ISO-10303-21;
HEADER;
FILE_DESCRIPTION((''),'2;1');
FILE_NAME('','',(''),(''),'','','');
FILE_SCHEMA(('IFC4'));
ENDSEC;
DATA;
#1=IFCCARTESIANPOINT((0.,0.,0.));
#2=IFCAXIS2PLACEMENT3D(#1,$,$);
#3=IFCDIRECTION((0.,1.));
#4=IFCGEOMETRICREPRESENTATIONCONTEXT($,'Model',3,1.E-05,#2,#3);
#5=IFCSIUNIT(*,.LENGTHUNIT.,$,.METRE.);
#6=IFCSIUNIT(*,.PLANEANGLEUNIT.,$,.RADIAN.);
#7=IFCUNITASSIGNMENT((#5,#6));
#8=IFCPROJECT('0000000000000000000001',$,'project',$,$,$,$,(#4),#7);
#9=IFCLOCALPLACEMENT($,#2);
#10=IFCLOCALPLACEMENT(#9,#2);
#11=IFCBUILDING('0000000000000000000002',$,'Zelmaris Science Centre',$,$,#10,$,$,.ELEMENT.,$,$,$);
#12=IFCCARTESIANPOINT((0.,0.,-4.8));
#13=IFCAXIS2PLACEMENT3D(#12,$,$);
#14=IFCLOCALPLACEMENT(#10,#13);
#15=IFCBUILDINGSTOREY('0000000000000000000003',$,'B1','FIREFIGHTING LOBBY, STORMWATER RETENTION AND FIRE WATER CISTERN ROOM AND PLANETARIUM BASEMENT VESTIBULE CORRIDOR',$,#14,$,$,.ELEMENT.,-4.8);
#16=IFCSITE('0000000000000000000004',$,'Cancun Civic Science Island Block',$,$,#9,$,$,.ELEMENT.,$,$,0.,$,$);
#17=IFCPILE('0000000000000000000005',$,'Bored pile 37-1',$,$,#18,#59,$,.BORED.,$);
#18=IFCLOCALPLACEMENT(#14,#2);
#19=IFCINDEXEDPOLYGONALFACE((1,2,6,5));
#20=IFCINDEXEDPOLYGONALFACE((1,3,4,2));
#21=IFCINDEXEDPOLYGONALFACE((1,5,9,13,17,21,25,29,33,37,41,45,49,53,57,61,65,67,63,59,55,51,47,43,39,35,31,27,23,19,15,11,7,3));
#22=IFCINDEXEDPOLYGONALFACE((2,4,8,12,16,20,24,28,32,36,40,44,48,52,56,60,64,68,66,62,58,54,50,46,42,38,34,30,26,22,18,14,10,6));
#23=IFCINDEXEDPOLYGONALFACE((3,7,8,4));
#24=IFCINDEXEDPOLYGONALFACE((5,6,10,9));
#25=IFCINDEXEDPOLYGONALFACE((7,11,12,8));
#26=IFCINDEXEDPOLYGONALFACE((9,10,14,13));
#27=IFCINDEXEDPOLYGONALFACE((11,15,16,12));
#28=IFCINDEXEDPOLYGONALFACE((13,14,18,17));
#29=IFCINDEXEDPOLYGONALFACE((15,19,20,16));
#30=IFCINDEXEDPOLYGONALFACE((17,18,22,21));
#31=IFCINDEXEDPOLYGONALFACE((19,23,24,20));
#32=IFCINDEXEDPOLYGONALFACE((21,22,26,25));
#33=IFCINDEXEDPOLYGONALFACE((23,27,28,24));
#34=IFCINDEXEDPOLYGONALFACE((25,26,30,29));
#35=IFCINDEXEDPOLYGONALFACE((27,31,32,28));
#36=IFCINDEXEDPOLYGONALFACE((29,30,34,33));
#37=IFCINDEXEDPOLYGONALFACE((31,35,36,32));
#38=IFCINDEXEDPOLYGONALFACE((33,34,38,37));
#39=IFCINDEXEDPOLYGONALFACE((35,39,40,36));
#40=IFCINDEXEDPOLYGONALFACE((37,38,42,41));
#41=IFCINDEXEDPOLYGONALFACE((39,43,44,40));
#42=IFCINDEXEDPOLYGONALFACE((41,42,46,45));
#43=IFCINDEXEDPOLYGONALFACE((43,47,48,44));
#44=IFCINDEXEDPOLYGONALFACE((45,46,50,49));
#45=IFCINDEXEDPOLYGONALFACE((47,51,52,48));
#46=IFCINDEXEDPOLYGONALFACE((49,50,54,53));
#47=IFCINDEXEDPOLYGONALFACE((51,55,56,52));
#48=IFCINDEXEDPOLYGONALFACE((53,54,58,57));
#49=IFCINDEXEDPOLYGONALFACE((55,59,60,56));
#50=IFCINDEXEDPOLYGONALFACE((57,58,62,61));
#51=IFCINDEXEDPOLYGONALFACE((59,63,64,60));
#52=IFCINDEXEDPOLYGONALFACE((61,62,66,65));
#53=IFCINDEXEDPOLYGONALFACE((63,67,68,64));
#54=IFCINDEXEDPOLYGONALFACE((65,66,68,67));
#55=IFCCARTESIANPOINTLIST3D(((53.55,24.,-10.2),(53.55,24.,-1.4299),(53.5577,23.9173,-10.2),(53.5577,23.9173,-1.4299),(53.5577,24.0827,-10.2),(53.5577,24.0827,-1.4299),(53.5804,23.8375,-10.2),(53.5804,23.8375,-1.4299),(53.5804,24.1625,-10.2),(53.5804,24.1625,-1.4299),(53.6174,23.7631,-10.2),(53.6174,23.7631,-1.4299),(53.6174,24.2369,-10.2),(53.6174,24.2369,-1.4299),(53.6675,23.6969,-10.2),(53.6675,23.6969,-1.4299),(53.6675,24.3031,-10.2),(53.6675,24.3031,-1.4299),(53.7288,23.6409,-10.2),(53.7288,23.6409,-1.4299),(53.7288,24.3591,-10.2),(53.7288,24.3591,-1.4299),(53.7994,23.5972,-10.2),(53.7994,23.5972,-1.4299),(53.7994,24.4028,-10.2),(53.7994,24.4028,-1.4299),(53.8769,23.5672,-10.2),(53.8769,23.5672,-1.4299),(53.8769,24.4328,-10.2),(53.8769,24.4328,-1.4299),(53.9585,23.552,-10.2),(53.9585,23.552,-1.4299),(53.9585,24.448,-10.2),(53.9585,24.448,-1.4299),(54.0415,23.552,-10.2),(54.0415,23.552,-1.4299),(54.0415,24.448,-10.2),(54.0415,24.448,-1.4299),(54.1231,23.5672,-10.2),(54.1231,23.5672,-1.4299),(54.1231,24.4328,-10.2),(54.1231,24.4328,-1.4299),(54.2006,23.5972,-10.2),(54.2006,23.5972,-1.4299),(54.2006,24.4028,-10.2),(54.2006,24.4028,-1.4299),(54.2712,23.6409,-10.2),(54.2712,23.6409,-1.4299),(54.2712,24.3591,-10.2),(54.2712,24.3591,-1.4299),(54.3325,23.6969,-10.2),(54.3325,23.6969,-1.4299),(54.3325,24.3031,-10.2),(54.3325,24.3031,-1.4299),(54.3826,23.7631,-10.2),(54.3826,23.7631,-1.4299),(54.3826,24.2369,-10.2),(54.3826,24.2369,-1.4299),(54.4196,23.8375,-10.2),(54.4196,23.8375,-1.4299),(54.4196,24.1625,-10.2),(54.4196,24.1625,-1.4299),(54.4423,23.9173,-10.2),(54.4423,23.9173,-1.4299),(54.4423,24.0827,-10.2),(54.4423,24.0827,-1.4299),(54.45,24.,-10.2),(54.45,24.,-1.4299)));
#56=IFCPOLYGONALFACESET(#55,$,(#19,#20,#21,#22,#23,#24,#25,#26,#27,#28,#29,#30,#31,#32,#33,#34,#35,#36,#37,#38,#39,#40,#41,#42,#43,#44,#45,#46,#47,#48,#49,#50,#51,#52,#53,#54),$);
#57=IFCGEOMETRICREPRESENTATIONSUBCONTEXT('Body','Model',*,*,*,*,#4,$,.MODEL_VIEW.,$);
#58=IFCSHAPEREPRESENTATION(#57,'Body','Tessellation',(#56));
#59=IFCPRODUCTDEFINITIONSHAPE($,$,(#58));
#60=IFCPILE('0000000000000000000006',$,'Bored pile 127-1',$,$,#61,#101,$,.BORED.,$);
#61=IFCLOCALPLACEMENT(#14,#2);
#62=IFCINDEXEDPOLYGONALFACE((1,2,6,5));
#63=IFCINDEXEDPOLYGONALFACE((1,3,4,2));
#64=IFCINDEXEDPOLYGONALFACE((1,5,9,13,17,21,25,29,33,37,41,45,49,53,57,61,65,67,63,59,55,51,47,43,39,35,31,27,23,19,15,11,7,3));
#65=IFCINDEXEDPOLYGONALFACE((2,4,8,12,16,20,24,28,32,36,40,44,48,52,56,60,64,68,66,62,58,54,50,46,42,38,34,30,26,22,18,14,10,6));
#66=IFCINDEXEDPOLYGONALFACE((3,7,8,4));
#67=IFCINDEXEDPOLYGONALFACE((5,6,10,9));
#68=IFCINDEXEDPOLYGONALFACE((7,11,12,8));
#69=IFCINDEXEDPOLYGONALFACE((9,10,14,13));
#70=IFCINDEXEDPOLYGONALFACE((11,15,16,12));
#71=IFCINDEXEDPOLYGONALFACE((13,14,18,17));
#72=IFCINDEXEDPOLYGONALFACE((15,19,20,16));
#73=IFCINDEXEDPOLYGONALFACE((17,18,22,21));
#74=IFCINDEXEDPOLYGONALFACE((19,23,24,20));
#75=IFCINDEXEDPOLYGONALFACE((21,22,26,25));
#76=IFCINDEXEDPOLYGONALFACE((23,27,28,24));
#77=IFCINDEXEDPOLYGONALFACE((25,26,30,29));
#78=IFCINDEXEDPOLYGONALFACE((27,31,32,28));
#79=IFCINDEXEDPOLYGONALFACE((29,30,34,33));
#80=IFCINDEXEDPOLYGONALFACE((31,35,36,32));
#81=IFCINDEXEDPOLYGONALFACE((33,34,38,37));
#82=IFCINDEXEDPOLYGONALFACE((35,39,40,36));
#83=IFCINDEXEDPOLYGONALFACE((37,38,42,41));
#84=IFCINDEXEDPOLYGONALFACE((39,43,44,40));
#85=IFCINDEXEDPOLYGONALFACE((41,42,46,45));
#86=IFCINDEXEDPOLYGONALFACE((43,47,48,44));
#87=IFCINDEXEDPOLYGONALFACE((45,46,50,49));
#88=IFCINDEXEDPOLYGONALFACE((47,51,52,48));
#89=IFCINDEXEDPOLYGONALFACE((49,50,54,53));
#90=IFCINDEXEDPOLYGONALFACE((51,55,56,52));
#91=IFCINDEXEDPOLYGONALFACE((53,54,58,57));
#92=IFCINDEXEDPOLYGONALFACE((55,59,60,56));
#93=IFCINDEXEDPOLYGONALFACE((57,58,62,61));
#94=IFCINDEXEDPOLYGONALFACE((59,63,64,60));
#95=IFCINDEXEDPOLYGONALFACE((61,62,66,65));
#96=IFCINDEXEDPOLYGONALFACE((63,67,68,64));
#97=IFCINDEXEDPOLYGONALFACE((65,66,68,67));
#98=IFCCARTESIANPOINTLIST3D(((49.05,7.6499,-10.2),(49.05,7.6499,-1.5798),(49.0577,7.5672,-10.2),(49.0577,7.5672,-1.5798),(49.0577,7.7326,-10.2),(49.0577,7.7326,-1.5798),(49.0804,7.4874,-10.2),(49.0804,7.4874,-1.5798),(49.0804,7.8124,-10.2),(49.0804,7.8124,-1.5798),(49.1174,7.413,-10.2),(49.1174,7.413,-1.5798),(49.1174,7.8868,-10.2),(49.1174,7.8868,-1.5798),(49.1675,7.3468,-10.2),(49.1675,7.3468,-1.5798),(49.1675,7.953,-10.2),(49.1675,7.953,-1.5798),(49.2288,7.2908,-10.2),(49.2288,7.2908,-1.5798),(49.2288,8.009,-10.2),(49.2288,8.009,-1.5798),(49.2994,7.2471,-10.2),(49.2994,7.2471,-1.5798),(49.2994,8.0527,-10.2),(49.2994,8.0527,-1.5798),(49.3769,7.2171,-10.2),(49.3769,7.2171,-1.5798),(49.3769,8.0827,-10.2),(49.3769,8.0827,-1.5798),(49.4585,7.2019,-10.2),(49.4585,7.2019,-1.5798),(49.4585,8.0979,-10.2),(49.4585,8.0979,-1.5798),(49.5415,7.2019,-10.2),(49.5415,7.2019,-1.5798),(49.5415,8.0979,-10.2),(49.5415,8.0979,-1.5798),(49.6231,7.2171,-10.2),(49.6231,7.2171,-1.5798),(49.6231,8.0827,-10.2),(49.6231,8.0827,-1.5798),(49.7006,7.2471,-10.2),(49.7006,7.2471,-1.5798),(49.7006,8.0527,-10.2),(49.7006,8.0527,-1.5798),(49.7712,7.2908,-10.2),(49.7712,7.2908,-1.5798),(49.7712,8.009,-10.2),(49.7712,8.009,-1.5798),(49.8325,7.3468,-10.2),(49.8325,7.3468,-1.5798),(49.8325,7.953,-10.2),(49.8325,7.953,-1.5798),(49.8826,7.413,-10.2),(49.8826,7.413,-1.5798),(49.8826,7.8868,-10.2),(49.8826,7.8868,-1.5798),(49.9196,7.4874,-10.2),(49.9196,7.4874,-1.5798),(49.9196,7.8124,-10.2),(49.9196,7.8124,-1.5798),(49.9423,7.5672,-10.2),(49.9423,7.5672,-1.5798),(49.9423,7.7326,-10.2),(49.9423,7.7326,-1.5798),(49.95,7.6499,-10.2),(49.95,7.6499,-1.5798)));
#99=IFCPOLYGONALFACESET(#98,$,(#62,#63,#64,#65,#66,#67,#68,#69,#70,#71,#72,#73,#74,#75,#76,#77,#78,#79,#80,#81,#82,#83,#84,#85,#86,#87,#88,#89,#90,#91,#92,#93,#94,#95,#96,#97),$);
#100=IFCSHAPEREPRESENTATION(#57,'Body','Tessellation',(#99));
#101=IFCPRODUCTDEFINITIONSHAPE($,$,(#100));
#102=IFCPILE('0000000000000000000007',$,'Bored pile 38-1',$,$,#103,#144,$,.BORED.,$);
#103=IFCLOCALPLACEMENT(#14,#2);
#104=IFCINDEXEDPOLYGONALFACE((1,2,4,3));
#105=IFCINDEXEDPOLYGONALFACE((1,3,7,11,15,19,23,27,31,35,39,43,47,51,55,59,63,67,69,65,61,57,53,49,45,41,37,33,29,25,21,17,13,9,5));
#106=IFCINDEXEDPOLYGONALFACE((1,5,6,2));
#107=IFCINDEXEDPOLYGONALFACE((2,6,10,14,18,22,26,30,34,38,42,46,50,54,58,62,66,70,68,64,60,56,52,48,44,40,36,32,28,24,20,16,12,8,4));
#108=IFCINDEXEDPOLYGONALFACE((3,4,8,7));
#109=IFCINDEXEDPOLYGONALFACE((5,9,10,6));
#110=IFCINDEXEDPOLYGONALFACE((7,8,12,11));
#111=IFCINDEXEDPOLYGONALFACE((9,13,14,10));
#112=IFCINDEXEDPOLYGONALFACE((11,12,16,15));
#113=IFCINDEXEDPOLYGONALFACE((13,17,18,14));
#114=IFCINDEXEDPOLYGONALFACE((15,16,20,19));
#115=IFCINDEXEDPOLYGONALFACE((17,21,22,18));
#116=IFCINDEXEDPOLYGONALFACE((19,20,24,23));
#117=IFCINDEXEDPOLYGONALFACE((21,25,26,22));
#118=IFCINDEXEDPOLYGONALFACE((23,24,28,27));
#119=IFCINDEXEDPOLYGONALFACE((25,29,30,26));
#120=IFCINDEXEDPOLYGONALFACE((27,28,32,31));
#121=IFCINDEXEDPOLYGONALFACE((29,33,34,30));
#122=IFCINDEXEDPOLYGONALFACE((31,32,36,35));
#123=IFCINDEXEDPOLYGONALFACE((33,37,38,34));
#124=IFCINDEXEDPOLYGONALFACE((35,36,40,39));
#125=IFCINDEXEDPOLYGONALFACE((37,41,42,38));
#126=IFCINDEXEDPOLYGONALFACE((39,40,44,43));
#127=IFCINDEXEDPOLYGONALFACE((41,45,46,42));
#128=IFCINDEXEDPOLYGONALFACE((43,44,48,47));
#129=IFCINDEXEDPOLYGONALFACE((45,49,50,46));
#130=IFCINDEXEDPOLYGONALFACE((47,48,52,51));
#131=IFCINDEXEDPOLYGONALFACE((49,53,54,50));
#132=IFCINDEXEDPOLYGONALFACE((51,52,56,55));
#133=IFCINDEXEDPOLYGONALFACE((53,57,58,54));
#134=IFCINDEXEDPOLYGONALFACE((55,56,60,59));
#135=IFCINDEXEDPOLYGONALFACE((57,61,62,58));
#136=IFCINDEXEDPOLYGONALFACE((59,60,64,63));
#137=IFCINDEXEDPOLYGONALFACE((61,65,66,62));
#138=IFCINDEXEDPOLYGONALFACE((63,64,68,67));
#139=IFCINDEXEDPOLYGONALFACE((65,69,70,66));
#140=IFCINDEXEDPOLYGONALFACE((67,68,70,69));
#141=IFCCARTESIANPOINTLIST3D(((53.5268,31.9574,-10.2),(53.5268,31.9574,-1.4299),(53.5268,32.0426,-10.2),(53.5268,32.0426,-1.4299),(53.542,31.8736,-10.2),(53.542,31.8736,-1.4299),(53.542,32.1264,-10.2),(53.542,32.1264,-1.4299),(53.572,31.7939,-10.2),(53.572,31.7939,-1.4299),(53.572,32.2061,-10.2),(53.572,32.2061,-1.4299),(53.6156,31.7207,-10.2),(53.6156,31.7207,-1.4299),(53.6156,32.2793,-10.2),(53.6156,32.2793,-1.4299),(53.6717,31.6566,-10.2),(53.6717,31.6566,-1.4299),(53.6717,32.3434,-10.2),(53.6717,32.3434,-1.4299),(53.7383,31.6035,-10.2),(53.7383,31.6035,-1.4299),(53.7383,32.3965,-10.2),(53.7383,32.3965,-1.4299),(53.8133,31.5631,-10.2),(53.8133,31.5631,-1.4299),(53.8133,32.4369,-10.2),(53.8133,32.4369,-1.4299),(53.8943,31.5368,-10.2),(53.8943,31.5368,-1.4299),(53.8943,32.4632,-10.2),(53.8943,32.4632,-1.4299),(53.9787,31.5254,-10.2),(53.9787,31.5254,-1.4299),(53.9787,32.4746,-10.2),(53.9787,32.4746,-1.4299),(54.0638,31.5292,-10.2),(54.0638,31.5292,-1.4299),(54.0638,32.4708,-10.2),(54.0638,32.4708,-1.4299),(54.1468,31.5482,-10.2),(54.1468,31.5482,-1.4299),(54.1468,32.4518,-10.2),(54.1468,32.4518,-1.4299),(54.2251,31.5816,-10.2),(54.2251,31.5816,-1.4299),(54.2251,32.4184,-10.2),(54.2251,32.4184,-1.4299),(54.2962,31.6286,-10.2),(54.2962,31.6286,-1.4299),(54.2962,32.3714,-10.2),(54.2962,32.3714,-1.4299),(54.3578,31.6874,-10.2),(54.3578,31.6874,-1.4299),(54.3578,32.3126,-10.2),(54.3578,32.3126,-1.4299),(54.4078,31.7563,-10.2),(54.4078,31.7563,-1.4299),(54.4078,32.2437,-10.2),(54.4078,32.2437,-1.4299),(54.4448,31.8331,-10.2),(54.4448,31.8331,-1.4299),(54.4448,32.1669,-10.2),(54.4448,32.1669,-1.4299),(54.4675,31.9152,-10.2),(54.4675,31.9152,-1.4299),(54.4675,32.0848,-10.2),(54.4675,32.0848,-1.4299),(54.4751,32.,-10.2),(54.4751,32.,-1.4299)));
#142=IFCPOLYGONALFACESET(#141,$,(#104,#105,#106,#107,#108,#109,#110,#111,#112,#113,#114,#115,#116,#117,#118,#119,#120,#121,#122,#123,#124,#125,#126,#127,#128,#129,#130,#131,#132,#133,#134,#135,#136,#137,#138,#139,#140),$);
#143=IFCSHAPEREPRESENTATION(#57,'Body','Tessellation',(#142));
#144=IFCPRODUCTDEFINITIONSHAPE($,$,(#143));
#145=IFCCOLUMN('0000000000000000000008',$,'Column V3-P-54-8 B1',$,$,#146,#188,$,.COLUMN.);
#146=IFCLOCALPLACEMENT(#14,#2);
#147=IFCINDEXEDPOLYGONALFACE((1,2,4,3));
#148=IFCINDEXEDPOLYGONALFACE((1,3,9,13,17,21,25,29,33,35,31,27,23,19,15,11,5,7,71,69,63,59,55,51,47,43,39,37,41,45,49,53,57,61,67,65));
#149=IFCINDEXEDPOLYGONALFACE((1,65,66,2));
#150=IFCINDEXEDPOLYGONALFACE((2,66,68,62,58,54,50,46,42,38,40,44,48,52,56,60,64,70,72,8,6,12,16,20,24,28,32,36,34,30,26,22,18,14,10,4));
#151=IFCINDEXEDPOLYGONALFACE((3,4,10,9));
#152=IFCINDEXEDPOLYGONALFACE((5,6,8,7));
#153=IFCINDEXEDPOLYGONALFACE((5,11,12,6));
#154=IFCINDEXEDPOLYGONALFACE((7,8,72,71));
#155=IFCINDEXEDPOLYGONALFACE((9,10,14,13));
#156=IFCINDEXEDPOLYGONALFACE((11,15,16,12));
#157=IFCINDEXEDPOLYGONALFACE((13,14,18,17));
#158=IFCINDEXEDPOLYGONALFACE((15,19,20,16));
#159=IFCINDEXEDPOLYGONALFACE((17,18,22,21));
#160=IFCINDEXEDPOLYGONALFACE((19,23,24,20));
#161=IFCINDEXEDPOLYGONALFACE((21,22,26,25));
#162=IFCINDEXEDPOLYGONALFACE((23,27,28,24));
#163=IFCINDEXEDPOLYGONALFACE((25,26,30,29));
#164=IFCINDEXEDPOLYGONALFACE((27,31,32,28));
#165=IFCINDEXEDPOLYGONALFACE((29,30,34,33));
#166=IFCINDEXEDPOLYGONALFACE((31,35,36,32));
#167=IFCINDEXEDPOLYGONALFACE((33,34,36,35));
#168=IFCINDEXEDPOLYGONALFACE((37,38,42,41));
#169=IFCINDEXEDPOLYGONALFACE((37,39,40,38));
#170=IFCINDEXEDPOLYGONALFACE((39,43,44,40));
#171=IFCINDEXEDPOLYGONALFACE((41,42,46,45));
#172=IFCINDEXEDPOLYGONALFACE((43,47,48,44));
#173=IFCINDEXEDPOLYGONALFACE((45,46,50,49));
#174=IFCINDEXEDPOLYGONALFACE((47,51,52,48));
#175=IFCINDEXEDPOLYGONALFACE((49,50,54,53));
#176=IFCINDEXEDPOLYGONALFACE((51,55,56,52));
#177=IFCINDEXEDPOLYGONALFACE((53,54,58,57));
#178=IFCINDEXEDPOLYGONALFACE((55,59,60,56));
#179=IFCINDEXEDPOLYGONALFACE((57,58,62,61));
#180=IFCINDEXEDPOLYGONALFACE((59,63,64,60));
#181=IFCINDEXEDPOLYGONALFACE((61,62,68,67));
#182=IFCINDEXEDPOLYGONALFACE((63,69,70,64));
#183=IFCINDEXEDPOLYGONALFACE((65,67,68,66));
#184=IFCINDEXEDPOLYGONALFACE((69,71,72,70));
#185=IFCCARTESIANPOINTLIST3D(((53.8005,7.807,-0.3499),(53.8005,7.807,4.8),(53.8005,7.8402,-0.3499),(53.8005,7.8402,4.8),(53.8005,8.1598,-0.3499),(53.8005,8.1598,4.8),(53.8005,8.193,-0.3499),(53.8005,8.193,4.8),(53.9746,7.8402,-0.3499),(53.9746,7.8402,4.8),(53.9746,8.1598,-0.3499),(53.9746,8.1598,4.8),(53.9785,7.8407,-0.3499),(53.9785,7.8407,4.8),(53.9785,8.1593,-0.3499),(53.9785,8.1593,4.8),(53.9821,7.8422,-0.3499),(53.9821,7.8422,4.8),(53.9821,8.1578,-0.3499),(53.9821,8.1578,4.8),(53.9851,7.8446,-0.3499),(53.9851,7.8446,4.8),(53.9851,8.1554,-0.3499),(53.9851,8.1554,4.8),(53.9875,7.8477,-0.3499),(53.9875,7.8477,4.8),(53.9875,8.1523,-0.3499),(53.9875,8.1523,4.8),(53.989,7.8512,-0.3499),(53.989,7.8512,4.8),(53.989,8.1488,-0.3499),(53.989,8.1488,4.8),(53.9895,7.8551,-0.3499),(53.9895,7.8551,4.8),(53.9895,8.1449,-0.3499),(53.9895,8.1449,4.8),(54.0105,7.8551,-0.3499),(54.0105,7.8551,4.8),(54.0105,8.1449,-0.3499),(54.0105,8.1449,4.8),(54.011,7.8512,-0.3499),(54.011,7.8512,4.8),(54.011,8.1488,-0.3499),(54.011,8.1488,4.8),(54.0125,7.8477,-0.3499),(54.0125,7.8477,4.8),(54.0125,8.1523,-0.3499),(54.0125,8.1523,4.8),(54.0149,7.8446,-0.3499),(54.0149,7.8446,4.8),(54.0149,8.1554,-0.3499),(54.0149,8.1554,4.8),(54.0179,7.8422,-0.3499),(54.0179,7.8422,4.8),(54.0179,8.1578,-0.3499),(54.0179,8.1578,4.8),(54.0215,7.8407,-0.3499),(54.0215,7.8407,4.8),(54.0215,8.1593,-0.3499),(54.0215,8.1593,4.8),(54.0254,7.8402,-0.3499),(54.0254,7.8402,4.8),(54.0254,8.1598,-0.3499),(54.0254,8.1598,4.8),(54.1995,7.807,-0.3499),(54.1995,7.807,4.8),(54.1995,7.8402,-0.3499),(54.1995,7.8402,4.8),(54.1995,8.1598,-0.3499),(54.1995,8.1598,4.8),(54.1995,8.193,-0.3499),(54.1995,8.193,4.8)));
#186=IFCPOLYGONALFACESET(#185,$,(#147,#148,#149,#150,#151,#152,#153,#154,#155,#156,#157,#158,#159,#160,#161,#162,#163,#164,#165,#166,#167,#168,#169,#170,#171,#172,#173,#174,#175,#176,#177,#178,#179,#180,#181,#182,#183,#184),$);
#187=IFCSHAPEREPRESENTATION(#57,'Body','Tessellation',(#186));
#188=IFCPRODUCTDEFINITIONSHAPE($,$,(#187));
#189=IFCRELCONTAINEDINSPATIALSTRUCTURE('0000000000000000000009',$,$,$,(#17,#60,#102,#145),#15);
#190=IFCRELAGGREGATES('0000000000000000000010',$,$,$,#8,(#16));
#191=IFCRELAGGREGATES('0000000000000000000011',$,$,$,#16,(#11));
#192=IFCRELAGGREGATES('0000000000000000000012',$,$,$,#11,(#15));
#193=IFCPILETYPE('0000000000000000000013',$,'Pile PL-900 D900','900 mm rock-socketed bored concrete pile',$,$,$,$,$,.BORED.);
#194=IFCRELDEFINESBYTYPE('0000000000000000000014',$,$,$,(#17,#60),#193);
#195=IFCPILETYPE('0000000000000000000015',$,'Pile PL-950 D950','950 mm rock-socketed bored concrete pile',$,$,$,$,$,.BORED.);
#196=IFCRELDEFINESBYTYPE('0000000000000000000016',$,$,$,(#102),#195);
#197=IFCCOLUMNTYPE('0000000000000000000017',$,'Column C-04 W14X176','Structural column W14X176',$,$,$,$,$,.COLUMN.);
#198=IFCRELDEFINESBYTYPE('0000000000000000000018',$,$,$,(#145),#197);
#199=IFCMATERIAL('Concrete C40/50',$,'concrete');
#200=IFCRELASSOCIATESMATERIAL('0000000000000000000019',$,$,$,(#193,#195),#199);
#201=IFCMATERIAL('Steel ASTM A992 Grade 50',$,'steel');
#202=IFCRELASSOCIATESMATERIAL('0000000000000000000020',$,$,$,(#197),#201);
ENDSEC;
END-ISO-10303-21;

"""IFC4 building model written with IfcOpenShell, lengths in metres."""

from ifc_helpers import new_model, si_unit, direction, frame, origin, origin_2d, place, context, subcontext, project, spatial, circle, i_section, extrude, material, material_profile, profile_set, type_object, element, save


model = new_model("IFC4")

# Units and contexts
model_context = context("Model", 3, precision=1e-05, world=origin(), true_north=direction((0.0, 1.0)))
body_context = subcontext(model_context, "Body", "Model", "MODEL_VIEW")
ifc_project = project(units=[si_unit("LENGTHUNIT", "METRE"), si_unit("PLANEANGLEUNIT", "RADIAN")], contexts=[model_context])

# Site, building, storey
site_placement = place(None, origin())
site = spatial("IfcSite", under=ifc_project, at=site_placement, Name="Cancun Civic Science Island Block", CompositionType="ELEMENT", RefElevation=0.0)
building_placement = place(site_placement, origin())
building = spatial("IfcBuilding", under=site, at=building_placement, Name="Zelmaris Science Centre", CompositionType="ELEMENT")
storey_placement = place(building_placement, frame((0.0, 0.0, -4.8)))
storey = spatial("IfcBuildingStorey", under=building, at=storey_placement, Name="B1", Description="FIREFIGHTING LOBBY, STORMWATER RETENTION AND FIRE WATER CISTERN ROOM AND PLANETARIUM BASEMENT VESTIBULE CORRIDOR", CompositionType="ELEMENT", Elevation=-4.8)

# Shared definitions
ifc_material_1 = material(Name="Concrete C40/50", Category="concrete")

# Piles
ifc_material_profile_1 = material_profile(ifc_material_1, circle(Radius=0.45, at=origin_2d()), Name="PILE-900")
ifc_profile_set_1 = profile_set([ifc_material_profile_1], Name="Concrete C40/50")
pile_type_1 = type_object("IfcPileType", Name="Pile PL-900 D900", Description="900 mm rock-socketed bored concrete pile", PredefinedType="BORED", material=ifc_profile_set_1)
pile_1_placement = place(storey_placement, frame((54.0, 24.0, -1.4299), z_axis=(0.0, 0.0, -1.0), x_axis=(1.0, 0.0, 0.0)))
element("IfcPile", 1, at=pile_1_placement, inside=storey, type_object=pile_type_1, Name="Bored pile 37-1", PredefinedType="BORED", context=body_context, shape_type="SweptSolid", body=[
    extrude(circle(Radius=0.45, at=origin_2d()), origin(), (0.0, 0.0, 1.0), 8.77),
])
pile_2_placement = place(storey_placement, frame((49.5, 7.6499, -1.5798), z_axis=(0.0, 0.0, -1.0), x_axis=(1.0, 0.0, 0.0)))
element("IfcPile", 2, at=pile_2_placement, inside=storey, type_object=pile_type_1, Name="Bored pile 127-1", PredefinedType="BORED", context=body_context, shape_type="SweptSolid", body=[
    extrude(circle(Radius=0.45, at=origin_2d()), origin(), (0.0, 0.0, 1.0), 8.6201),
])
ifc_material_profile_2 = material_profile(ifc_material_1, circle(Radius=0.4751, at=origin_2d()), Name="PILE-950")
ifc_profile_set_2 = profile_set([ifc_material_profile_2], Name="Concrete C40/50")
pile_type_2 = type_object("IfcPileType", Name="Pile PL-950 D950", Description="950 mm rock-socketed bored concrete pile", PredefinedType="BORED", material=ifc_profile_set_2)
pile_3_placement = place(storey_placement, frame((54.0, 32.0, -1.4299), z_axis=(0.0, 0.0, -1.0), x_axis=(1.0, 0.0, 0.0)))
element("IfcPile", 3, at=pile_3_placement, inside=storey, type_object=pile_type_2, Name="Bored pile 38-1", PredefinedType="BORED", context=body_context, shape_type="SweptSolid", body=[
    extrude(circle(Radius=0.4751, at=origin_2d()), origin(), (0.0, 0.0, 1.0), 8.77),
])

# Column
ifc_material_2 = material(Name="Steel ASTM A992 Grade 50", Category="steel")
ifc_material_profile_3 = material_profile(ifc_material_2, i_section(OverallWidth=0.3989, OverallDepth=0.386, WebThickness=0.021, FlangeThickness=0.0332, FilletRadius=0.0149, at=origin_2d()), Name="W14X176")
ifc_profile_set_3 = profile_set([ifc_material_profile_3], Name="Steel ASTM A992 Grade 50")
column_type_1 = type_object("IfcColumnType", Name="Column C-04 W14X176", Description="Structural column W14X176", PredefinedType="COLUMN", material=ifc_profile_set_3)
column_1_placement = place(storey_placement, frame((54.0, 8.0, -0.3499), z_axis=(0.0, 0.0, 1.0), x_axis=(1.0, 0.0, 0.0)))
element("IfcColumn", 4, at=column_1_placement, inside=storey, type_object=column_type_1, Name="Column V3-P-54-8 B1", PredefinedType="COLUMN", context=body_context, shape_type="SweptSolid", body=[
    extrude(i_section(OverallWidth=0.3989, OverallDepth=0.386, WebThickness=0.021, FlangeThickness=0.0332, FilletRadius=0.0149, at=origin_2d()), origin(), (0.0, 0.0, 1.0), 5.1499),
])

save(model, "model.ifc")
